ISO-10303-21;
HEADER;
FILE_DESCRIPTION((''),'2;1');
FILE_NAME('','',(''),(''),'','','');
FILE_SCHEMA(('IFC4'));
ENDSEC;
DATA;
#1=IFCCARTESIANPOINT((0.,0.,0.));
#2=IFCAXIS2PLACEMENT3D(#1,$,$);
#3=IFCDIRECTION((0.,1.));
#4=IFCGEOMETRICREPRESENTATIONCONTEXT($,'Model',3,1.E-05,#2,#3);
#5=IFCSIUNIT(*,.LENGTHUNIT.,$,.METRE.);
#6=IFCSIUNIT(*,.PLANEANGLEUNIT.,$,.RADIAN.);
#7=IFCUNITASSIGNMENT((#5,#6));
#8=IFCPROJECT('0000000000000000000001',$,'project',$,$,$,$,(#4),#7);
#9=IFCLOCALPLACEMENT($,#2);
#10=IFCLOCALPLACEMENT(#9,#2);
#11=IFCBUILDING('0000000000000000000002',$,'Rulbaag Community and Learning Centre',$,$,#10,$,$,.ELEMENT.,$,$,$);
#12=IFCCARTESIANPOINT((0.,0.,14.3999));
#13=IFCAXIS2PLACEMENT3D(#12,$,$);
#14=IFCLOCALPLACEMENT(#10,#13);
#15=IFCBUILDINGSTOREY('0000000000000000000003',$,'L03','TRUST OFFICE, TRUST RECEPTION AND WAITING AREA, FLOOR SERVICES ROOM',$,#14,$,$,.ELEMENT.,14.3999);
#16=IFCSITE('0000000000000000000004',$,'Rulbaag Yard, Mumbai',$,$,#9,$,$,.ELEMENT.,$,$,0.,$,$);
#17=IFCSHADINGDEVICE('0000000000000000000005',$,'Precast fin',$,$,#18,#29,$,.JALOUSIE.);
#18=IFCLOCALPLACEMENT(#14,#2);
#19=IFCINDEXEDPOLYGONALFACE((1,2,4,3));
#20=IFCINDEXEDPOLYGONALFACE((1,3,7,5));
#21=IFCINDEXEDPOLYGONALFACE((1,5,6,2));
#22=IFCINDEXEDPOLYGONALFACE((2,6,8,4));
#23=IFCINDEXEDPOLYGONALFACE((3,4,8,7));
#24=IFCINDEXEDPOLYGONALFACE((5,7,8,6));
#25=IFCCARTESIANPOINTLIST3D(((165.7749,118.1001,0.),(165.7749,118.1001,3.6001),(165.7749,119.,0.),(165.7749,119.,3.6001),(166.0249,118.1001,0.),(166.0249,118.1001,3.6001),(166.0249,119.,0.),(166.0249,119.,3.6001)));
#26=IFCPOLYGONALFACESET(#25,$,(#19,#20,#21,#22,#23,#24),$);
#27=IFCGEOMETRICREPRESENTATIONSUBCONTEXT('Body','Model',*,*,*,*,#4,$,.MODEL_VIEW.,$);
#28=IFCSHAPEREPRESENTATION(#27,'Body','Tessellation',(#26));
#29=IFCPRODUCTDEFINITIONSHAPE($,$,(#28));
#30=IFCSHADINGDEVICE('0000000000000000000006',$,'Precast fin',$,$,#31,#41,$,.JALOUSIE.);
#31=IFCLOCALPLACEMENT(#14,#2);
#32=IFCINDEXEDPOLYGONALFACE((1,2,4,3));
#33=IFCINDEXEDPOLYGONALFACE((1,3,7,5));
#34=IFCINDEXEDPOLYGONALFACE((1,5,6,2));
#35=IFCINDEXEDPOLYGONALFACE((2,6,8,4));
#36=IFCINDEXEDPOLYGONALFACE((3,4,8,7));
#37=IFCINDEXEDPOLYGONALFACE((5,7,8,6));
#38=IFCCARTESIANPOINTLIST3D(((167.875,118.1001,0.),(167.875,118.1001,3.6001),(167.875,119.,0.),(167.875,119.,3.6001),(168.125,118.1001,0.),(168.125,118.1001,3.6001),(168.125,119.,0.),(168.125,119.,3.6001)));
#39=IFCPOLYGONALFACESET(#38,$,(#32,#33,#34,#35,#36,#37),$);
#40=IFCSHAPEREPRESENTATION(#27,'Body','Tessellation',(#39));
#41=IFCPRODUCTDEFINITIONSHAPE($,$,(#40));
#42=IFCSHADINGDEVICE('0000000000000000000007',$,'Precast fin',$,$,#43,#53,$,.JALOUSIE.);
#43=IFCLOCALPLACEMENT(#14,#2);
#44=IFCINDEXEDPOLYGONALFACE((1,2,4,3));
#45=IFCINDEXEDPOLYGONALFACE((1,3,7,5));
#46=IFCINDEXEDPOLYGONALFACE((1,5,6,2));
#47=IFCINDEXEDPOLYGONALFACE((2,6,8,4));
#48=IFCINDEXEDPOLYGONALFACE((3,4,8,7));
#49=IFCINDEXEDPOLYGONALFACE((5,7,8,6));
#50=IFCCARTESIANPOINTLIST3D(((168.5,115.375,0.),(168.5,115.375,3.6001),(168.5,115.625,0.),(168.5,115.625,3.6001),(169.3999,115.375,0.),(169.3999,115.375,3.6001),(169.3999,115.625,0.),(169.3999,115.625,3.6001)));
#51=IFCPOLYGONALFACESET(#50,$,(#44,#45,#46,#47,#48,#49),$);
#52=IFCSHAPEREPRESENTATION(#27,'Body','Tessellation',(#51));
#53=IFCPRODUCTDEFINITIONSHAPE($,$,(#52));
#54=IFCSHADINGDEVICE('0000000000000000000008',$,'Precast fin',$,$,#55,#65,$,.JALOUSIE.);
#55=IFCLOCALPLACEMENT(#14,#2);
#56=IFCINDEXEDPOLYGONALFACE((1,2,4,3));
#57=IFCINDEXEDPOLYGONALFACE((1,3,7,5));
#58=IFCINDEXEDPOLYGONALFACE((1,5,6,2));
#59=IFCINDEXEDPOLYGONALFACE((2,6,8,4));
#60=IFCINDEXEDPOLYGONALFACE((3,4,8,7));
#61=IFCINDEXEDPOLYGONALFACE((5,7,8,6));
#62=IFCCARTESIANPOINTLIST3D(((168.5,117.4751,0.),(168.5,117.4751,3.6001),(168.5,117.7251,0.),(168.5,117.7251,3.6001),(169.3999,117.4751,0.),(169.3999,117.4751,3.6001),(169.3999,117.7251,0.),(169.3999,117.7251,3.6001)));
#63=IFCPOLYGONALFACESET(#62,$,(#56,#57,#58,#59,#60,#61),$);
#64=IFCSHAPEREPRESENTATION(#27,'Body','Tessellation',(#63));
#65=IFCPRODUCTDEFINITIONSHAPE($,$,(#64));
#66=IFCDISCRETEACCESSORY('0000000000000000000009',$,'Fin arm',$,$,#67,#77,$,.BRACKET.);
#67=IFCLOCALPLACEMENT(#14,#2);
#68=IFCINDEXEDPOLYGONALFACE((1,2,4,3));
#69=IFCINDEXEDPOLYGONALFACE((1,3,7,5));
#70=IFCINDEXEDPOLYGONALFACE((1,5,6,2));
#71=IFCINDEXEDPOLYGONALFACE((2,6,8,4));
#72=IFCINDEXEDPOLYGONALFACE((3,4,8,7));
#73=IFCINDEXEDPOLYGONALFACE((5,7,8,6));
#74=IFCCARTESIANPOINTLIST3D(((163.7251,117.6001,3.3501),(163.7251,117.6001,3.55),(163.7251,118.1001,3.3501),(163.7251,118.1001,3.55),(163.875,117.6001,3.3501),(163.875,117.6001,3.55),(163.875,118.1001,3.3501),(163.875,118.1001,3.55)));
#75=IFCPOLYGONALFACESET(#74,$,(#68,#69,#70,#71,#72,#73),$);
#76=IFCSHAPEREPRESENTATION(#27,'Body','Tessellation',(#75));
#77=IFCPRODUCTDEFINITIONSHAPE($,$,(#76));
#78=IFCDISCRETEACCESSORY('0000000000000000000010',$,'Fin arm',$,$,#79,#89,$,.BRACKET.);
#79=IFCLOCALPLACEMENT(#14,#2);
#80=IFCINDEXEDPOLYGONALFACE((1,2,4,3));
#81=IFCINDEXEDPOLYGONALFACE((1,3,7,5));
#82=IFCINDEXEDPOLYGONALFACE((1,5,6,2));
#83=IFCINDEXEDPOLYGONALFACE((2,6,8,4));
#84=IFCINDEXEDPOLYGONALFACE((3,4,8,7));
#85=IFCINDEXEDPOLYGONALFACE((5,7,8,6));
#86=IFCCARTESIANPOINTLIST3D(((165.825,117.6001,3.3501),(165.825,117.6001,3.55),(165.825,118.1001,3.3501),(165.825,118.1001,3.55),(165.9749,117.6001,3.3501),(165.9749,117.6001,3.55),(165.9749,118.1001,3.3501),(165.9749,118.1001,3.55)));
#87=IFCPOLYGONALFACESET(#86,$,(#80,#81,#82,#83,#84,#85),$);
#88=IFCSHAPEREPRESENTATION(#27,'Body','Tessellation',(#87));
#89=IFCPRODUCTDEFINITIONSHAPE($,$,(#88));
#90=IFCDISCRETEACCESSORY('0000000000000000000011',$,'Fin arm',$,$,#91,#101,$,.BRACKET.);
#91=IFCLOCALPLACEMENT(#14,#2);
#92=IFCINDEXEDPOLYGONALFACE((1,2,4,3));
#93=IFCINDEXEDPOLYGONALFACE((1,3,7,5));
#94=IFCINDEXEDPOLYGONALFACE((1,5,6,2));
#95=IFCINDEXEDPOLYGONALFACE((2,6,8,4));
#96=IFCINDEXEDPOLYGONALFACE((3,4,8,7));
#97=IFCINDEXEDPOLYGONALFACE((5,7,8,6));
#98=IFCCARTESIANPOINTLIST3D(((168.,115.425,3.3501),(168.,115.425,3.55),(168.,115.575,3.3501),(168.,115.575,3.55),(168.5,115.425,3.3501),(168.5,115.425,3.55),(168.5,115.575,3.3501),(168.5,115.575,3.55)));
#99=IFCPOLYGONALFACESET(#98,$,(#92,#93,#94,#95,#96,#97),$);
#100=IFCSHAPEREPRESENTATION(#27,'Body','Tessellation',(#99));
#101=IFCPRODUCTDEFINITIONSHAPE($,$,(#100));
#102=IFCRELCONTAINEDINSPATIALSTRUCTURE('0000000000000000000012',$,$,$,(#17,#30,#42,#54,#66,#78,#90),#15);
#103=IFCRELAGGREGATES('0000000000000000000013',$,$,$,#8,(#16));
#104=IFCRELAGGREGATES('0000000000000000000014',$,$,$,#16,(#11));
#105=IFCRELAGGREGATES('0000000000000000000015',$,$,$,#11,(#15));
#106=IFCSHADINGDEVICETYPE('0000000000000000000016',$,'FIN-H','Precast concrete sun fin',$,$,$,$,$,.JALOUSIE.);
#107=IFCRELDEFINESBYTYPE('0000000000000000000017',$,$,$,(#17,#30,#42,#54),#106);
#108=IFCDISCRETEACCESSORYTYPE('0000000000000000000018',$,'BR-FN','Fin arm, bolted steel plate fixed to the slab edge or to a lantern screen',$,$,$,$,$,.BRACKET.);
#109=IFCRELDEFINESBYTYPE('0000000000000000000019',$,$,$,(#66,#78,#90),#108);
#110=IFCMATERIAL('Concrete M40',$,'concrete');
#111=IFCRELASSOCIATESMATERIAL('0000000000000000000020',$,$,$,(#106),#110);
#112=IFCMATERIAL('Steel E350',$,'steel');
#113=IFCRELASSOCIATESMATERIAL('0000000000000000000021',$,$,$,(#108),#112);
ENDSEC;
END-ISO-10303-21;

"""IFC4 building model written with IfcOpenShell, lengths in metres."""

from ifc_helpers import new_model, si_unit, direction, frame, origin, origin_2d, place, context, subcontext, project, spatial, rectangle, extrude, material, material_profile, profile_set, type_object, element, save


model = new_model("IFC4")

# Units and contexts
model_context = context("Model", 3, precision=1e-05, world=origin(), true_north=direction((0.0, 1.0)))
body_context = subcontext(model_context, "Body", "Model", "MODEL_VIEW")
ifc_project = project(units=[si_unit("LENGTHUNIT", "METRE"), si_unit("PLANEANGLEUNIT", "RADIAN")], contexts=[model_context])

# Site, building, storey
site_placement = place(None, origin())
site = spatial("IfcSite", under=ifc_project, at=site_placement, Name="Rulbaag Yard, Mumbai", CompositionType="ELEMENT", RefElevation=0.0)
building_placement = place(site_placement, origin())
building = spatial("IfcBuilding", under=site, at=building_placement, Name="Rulbaag Community and Learning Centre", CompositionType="ELEMENT")
storey_placement = place(building_placement, frame((0.0, 0.0, 14.3999)))
storey = spatial("IfcBuildingStorey", under=building, at=storey_placement, Name="L03", Description="TRUST OFFICE, TRUST RECEPTION AND WAITING AREA, FLOOR SERVICES ROOM", CompositionType="ELEMENT", Elevation=14.3999)

# Shading devices
ifc_material_1 = material(Name="Concrete M40", Category="concrete")
ifc_material_profile_1 = material_profile(ifc_material_1, rectangle(XDim=0.25, YDim=0.8999, at=origin_2d()), Name="PC 250x900")
ifc_profile_set_1 = profile_set([ifc_material_profile_1], Name="Concrete M40")
shading_device_type = type_object("IfcShadingDeviceType", Name="FIN-H", Description="Precast concrete sun fin", PredefinedType="JALOUSIE", material=ifc_profile_set_1)
for number, where, z_axis, x_axis, name in (
    (1, (165.8999, 118.55, 0.0), (0.0, 0.0, 1.0), (1.0, 0.0, 0.0), "Precast fin"),
    (2, (168.0, 118.55, 0.0), (0.0, 0.0, 1.0), (1.0, 0.0, 0.0), "Precast fin"),
    (3, (168.95, 115.5, 0.0), (0.0, 0.0, 1.0), (0.0, 1.0, 0.0), "Precast fin"),
    (4, (168.95, 117.6001, 0.0), (0.0, 0.0, 1.0), (0.0, 1.0, 0.0), "Precast fin"),
):
    element("IfcShadingDevice", number, at=place(storey_placement, frame(where, z_axis=z_axis, x_axis=x_axis)), inside=storey, type_object=shading_device_type, Name=name, PredefinedType="JALOUSIE", context=body_context, shape_type="SweptSolid", body=[
        extrude(rectangle(XDim=0.25, YDim=0.8999, at=origin_2d()), origin(), (0.0, 0.0, 1.0), 3.6001),
    ])

# Discrete accessories
ifc_material_2 = material(Name="Steel E350", Category="steel")
discrete_accessory_type = type_object("IfcDiscreteAccessoryType", Name="BR-FN", Description="Fin arm, bolted steel plate fixed to the slab edge or to a lantern screen", PredefinedType="BRACKET", material=ifc_material_2)
for number, where, z_axis, x_axis, name in (
    (5, (163.8, 117.8501, 3.3501), (0.0, 0.0, 1.0), (1.0, 0.0, 0.0), "Fin arm"),
    (6, (165.8999, 117.8501, 3.3501), (0.0, 0.0, 1.0), (1.0, 0.0, 0.0), "Fin arm"),
):
    element("IfcDiscreteAccessory", number, at=place(storey_placement, frame(where, z_axis=z_axis, x_axis=x_axis)), inside=storey, type_object=discrete_accessory_type, Name=name, PredefinedType="BRACKET", context=body_context, shape_type="SweptSolid", body=[
        extrude(rectangle(XDim=0.1499, YDim=0.5, at=origin_2d()), origin(), (0.0, 0.0, 1.0), 0.2),
    ])
discrete_accessory_placement = place(storey_placement, frame((168.25, 115.5, 3.3501), z_axis=(0.0, 0.0, 1.0), x_axis=(1.0, 0.0, 0.0)))
element("IfcDiscreteAccessory", 7, at=discrete_accessory_placement, inside=storey, type_object=discrete_accessory_type, Name="Fin arm", PredefinedType="BRACKET", context=body_context, shape_type="SweptSolid", body=[
    extrude(rectangle(XDim=0.5, YDim=0.1499, at=origin_2d()), origin(), (0.0, 0.0, 1.0), 0.2),
])

save(model, "model.ifc")
